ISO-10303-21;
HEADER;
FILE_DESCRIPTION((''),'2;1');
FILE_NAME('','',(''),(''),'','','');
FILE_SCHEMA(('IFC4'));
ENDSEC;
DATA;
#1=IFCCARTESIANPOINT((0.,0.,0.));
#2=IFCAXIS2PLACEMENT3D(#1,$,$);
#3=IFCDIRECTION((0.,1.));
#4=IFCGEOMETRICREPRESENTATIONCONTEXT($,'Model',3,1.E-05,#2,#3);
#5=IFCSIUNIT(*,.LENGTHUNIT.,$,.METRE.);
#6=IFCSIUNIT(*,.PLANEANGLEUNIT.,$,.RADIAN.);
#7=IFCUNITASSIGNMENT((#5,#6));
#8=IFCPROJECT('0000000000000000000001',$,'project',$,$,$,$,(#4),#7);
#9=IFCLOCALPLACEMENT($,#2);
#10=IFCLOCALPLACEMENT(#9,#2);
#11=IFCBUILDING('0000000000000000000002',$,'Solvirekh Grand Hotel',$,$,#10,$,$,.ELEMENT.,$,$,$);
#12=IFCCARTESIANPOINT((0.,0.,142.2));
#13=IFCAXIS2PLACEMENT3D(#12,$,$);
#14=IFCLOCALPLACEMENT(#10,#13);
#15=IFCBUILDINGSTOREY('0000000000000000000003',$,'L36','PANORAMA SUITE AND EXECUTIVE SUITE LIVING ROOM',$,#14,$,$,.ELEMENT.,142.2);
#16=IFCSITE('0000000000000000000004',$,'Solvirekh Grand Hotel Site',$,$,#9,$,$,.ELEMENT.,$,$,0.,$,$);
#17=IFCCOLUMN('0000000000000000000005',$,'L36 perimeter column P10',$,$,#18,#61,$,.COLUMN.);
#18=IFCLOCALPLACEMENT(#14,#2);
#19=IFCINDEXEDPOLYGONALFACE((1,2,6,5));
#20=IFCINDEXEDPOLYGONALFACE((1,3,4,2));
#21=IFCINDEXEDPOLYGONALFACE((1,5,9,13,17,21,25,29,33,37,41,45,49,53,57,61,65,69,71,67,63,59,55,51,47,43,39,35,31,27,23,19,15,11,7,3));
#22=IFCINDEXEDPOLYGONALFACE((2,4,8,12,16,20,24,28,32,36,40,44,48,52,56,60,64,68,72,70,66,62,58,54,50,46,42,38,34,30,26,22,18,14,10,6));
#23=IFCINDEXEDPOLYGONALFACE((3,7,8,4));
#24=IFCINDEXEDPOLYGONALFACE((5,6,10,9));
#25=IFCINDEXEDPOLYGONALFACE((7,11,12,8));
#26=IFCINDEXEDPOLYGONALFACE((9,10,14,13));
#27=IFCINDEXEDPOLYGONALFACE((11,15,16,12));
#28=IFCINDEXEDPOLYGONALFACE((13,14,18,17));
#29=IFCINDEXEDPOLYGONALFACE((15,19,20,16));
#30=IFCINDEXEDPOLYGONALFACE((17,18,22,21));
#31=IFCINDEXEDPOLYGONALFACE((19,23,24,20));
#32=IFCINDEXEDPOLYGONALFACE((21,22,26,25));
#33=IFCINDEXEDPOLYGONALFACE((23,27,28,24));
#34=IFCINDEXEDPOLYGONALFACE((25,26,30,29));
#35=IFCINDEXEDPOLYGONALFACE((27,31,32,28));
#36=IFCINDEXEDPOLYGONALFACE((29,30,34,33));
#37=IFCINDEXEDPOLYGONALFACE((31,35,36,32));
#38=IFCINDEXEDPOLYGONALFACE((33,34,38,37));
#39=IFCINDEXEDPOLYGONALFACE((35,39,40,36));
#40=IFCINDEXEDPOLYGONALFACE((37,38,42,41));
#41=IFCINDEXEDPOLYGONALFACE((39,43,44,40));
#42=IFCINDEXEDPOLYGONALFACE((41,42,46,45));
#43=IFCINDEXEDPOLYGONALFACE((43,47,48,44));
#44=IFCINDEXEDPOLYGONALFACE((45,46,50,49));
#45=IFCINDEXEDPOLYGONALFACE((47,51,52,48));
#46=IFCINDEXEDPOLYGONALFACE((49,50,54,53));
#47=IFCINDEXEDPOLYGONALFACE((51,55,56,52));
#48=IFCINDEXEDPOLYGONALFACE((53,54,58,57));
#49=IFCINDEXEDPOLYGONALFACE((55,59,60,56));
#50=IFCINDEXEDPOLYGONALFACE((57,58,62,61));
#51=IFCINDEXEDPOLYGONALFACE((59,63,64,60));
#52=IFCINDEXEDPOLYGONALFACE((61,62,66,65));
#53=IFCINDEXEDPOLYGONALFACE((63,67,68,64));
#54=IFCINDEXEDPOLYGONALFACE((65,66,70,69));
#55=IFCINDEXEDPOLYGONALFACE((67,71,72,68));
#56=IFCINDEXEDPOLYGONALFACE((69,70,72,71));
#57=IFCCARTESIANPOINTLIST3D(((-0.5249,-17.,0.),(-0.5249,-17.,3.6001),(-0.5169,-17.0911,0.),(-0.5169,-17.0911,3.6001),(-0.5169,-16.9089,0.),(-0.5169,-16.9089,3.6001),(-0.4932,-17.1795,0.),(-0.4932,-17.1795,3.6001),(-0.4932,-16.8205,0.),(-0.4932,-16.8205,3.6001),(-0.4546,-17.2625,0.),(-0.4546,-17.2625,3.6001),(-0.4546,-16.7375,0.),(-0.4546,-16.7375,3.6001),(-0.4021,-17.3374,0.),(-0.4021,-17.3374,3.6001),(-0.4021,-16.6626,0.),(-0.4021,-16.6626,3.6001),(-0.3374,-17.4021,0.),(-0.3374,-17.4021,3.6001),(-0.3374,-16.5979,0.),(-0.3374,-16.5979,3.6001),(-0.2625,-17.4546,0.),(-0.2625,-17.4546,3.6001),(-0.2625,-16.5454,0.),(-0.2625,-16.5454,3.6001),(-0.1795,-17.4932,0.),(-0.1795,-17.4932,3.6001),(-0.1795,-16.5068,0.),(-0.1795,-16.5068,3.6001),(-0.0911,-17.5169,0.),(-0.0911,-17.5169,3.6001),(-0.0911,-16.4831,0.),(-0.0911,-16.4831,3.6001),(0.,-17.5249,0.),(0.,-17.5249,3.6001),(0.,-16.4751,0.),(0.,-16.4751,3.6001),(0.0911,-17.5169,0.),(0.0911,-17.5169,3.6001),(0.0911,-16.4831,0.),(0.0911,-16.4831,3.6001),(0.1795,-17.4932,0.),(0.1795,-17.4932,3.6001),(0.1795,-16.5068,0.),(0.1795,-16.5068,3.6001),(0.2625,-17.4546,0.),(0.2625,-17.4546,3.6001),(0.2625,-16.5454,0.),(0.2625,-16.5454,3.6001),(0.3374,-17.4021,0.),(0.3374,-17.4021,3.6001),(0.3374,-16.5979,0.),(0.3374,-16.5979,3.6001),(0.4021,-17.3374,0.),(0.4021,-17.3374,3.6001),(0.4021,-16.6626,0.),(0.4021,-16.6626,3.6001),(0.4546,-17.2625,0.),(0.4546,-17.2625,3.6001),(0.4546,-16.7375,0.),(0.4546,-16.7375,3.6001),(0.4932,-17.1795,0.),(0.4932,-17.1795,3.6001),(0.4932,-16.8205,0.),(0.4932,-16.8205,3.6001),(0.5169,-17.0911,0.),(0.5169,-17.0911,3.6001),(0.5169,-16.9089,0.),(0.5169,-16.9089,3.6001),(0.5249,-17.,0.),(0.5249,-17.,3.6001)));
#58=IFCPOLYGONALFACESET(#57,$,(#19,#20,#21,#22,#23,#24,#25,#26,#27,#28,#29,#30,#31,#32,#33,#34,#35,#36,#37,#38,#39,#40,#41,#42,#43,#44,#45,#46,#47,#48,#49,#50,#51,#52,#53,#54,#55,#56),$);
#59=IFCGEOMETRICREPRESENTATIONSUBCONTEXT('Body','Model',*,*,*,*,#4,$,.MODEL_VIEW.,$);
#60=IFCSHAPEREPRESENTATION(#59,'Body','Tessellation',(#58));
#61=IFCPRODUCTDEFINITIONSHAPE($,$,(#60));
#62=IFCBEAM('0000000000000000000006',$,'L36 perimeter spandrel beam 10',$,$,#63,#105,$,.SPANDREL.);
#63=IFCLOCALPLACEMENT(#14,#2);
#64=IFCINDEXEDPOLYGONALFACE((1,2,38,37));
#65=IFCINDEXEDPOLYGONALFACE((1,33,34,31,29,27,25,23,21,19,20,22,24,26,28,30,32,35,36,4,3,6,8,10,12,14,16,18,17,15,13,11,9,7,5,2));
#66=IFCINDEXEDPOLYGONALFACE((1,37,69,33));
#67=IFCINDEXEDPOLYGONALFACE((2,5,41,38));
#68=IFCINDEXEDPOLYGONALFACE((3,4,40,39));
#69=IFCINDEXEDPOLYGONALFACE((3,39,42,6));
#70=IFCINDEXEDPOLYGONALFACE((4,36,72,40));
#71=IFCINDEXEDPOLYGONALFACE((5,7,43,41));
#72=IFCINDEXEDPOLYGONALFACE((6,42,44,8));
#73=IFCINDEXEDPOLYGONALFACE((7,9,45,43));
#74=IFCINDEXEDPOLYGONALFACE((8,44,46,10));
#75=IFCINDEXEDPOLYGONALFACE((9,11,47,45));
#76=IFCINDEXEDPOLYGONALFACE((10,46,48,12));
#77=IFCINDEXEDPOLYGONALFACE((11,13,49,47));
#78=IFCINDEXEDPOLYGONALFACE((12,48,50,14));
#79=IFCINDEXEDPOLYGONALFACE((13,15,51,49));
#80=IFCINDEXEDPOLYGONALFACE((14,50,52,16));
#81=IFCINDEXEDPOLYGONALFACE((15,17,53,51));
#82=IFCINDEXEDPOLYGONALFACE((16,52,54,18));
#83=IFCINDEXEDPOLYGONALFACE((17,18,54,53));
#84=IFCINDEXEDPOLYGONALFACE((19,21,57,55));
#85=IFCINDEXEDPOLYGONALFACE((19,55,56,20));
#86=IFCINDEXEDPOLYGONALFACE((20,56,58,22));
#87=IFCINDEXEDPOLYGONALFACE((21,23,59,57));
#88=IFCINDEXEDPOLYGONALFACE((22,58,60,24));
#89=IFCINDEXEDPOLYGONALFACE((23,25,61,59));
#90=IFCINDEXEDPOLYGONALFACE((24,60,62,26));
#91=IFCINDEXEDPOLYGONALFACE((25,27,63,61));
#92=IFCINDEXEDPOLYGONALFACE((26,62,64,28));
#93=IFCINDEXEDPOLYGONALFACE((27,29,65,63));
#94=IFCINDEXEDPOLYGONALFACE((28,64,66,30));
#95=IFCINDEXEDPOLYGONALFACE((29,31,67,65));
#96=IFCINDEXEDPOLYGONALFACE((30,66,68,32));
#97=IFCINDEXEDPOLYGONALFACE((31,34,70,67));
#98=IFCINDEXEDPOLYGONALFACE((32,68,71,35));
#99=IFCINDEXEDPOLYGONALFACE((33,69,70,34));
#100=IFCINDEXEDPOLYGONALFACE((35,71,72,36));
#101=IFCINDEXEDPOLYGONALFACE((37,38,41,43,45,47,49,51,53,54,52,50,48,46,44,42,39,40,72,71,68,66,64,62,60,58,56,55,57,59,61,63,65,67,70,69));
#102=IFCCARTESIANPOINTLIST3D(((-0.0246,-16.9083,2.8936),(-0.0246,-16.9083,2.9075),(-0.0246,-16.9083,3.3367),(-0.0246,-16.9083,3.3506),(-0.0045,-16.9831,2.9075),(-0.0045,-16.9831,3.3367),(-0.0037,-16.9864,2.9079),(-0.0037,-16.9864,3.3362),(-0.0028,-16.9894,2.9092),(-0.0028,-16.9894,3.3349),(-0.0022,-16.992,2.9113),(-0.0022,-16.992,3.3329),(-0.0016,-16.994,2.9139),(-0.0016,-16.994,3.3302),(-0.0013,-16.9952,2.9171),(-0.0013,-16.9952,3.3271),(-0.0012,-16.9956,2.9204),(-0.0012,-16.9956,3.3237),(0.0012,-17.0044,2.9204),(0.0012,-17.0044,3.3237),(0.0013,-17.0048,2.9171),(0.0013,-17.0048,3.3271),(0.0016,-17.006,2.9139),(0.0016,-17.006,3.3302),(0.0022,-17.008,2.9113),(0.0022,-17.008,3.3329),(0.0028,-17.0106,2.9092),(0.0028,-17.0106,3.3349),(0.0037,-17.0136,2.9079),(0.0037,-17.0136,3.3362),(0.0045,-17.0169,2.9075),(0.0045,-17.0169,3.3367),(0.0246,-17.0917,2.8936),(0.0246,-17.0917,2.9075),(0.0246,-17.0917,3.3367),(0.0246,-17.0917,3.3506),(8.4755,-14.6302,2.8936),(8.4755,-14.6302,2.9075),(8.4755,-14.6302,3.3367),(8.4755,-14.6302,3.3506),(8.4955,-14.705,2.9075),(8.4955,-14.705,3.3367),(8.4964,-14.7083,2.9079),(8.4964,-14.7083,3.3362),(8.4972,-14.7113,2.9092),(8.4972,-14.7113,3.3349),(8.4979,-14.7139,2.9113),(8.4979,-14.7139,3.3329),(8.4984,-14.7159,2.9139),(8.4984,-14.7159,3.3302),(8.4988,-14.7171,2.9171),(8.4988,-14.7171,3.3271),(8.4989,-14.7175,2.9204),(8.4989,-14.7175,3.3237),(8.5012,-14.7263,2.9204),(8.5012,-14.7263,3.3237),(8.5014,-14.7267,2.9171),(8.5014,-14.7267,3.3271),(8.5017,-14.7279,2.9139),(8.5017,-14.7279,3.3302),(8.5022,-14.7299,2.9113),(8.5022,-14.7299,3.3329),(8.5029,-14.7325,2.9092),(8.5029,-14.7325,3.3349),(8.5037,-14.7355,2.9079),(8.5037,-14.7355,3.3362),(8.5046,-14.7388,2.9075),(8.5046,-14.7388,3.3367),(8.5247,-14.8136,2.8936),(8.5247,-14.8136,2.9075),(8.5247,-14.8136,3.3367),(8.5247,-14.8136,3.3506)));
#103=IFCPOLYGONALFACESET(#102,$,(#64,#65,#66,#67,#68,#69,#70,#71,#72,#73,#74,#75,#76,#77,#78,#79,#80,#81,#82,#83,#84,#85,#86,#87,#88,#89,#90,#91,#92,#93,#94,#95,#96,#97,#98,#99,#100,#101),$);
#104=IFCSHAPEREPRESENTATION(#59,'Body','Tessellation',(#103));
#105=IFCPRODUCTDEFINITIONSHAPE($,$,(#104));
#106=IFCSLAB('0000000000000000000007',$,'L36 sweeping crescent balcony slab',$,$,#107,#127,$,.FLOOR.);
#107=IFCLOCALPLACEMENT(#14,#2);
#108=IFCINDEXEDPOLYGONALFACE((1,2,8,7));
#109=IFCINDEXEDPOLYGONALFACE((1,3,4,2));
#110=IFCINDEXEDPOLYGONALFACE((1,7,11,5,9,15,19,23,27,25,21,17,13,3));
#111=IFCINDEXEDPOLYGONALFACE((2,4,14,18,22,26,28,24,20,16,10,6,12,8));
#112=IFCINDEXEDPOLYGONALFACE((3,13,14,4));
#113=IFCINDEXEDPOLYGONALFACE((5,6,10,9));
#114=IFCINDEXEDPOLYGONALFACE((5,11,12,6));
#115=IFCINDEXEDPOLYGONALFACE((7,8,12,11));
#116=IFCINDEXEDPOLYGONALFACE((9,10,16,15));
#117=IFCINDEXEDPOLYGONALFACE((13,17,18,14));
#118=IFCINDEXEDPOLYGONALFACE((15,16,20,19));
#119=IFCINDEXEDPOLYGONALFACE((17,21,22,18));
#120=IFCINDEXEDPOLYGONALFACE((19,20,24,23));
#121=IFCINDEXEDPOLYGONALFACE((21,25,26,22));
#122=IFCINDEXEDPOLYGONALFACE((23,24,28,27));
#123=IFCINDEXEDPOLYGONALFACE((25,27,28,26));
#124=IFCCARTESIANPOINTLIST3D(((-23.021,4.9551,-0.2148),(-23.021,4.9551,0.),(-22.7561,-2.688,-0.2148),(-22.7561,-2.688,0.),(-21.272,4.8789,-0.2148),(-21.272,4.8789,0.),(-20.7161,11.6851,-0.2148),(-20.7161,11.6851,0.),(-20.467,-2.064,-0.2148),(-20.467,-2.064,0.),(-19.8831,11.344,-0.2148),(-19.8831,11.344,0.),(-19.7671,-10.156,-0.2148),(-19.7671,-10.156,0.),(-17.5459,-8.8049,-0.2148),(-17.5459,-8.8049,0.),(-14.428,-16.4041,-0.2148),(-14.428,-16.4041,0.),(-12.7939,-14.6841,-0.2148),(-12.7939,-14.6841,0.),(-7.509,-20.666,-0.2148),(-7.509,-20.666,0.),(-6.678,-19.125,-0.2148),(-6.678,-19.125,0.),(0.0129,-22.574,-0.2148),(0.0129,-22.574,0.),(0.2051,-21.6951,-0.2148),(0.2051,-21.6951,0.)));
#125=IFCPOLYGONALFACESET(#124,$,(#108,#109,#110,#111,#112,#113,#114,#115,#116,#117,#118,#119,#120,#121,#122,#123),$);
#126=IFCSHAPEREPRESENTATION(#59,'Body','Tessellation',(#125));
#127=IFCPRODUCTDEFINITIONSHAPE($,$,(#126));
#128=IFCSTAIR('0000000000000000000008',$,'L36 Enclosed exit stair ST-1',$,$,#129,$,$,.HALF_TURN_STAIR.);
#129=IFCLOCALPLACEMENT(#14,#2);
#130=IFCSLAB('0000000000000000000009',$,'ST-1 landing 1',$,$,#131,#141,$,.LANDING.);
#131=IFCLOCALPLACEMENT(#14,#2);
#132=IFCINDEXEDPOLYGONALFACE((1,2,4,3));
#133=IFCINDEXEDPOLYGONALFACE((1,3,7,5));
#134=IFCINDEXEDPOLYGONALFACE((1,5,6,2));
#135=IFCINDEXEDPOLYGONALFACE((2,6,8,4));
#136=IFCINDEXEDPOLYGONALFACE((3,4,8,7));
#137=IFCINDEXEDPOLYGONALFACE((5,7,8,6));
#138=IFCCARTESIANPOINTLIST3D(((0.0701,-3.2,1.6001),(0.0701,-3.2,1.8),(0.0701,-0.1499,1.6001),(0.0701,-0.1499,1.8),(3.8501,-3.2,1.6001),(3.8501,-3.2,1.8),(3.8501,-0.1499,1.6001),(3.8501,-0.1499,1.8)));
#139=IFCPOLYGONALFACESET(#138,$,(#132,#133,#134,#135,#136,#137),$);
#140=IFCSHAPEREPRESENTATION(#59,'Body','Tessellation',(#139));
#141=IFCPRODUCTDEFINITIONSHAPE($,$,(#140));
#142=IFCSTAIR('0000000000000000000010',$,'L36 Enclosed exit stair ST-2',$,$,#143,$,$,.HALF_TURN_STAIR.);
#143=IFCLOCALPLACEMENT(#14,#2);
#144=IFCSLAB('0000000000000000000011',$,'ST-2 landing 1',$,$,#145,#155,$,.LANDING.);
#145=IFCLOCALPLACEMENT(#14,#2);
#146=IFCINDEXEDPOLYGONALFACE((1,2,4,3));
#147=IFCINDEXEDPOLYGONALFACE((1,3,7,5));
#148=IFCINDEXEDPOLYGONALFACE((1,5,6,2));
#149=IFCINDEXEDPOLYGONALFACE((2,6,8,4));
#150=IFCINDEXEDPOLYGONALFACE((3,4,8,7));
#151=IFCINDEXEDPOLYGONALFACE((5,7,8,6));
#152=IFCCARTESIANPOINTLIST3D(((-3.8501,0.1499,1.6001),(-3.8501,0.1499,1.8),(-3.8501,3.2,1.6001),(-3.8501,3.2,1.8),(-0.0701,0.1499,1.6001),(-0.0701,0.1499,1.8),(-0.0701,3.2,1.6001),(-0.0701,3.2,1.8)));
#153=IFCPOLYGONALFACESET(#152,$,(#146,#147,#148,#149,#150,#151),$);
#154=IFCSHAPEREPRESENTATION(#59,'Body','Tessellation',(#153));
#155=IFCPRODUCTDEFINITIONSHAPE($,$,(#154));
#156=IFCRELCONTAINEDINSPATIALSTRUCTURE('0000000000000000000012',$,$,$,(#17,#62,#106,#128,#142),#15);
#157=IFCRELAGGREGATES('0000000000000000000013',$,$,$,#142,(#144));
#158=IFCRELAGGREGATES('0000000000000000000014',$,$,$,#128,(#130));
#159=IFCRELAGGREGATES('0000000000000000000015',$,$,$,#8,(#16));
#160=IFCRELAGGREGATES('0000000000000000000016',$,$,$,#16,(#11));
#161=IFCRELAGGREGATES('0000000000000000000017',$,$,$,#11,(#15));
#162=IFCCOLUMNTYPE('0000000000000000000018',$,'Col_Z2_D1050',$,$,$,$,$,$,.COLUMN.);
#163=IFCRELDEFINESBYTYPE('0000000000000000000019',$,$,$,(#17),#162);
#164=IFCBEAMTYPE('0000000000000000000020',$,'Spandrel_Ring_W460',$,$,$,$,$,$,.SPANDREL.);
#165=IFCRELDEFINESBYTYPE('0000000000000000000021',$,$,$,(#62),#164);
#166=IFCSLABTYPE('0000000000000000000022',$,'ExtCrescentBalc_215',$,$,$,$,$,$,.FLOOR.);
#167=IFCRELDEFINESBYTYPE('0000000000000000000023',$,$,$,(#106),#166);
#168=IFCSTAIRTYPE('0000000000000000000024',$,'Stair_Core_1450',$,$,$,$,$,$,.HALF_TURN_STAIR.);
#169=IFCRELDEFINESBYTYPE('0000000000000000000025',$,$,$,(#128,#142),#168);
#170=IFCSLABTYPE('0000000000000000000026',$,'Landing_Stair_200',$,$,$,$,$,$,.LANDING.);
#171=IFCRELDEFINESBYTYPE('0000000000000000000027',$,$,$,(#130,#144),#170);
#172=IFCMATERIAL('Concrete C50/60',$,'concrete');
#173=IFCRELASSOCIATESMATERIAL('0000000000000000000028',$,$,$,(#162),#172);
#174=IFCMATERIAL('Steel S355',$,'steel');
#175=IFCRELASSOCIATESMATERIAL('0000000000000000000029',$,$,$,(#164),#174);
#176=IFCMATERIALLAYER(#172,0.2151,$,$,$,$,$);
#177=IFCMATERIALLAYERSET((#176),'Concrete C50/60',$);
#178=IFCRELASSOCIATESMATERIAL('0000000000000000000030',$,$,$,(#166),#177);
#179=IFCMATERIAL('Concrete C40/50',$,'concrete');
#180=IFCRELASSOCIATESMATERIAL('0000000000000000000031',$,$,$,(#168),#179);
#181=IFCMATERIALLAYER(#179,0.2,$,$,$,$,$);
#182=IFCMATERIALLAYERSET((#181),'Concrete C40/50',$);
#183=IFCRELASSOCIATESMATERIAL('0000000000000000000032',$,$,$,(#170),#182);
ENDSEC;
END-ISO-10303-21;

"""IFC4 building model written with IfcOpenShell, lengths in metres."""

from ifc_helpers import new_model, si_unit, direction, frame, origin, origin_2d, place, context, subcontext, project, spatial, polyline, circle, i_section, outline, extrude, material, layer, layer_set, material_profile, profile_set, type_object, element, aggregate, save


model = new_model("IFC4")

# Units and contexts
model_context = context("Model", 3, precision=1e-05, world=origin(), true_north=direction((0.0, 1.0)))
body_context = subcontext(model_context, "Body", "Model", "MODEL_VIEW")
ifc_project = project(units=[si_unit("LENGTHUNIT", "METRE"), si_unit("PLANEANGLEUNIT", "RADIAN")], contexts=[model_context])

# Site, building, storey
site_placement = place(None, origin())
site = spatial("IfcSite", under=ifc_project, at=site_placement, Name="Solvirekh Grand Hotel Site", CompositionType="ELEMENT", RefElevation=0.0)
building_placement = place(site_placement, origin())
building = spatial("IfcBuilding", under=site, at=building_placement, Name="Solvirekh Grand Hotel", CompositionType="ELEMENT")
storey_placement = place(building_placement, frame((0.0, 0.0, 142.2)))
storey = spatial("IfcBuildingStorey", under=building, at=storey_placement, Name="L36", Description="PANORAMA SUITE AND EXECUTIVE SUITE LIVING ROOM", CompositionType="ELEMENT", Elevation=142.2)

# Column
ifc_material_1 = material(Name="Concrete C50/60", Category="concrete")
ifc_material_profile_1 = material_profile(ifc_material_1, circle(Radius=0.5249, at=origin_2d()), Name="RC CIRC D1050")
ifc_profile_set_1 = profile_set([ifc_material_profile_1], Name="Concrete C50/60")
column_type = type_object("IfcColumnType", Name="Col_Z2_D1050", PredefinedType="COLUMN", material=ifc_profile_set_1)
column_placement = place(storey_placement, frame((0.0, -17.0, 0.0), z_axis=(0.0, 0.0, 1.0), x_axis=(1.0, 0.0, 0.0)))
element("IfcColumn", 1, at=column_placement, inside=storey, type_object=column_type, Name="L36 perimeter column P10", PredefinedType="COLUMN", context=body_context, shape_type="SweptSolid", body=[
    extrude(circle(Radius=0.5249, at=origin_2d()), origin(), (0.0, 0.0, 1.0), 3.6001),
])

# Beam
ifc_material_2 = material(Name="Steel S355", Category="steel")
ifc_material_profile_2 = material_profile(ifc_material_2, i_section(OverallWidth=0.1899, OverallDepth=0.457, WebThickness=0.009, FlangeThickness=0.0139, FilletRadius=0.0129, at=origin_2d()), Name="W460X74")
ifc_profile_set_2 = profile_set([ifc_material_profile_2], Name="Steel S355")
beam_type = type_object("IfcBeamType", Name="Spandrel_Ring_W460", PredefinedType="SPANDREL", material=ifc_profile_set_2)
beam_placement = place(storey_placement, frame((0.0, -17.0, 3.1221), z_axis=(0.965911, 0.258873, 0.0), x_axis=(-0.258873, 0.965911, 0.0)))
element("IfcBeam", 2, at=beam_placement, inside=storey, type_object=beam_type, Name="L36 perimeter spandrel beam 10", PredefinedType="SPANDREL", context=body_context, shape_type="SweptSolid", body=[
    extrude(i_section(OverallWidth=0.1899, OverallDepth=0.457, WebThickness=0.009, FlangeThickness=0.0139, FilletRadius=0.0129, at=origin_2d()), origin(), (0.0, 0.0, 1.0), 8.8),
])

# Slab
ifc_layer_1 = layer(ifc_material_1, 0.2151)
ifc_layer_set_1 = layer_set([ifc_layer_1], Name="Concrete C50/60")
slab_type_1 = type_object("IfcSlabType", Name="ExtCrescentBalc_215", PredefinedType="FLOOR", material=ifc_layer_set_1)
slab_1_placement = place(storey_placement, frame((0.0, 0.0, -0.2148)))
element("IfcSlab", 3, at=slab_1_placement, inside=storey, type_object=slab_type_1, Name="L36 sweeping crescent balcony slab", PredefinedType="FLOOR", context=body_context, shape_type="SweptSolid", body=[
    extrude(outline(polyline([(-20.7161, 11.6851), (-23.021, 4.9551), (-22.7561, -2.688), (-19.7671, -10.156), (-14.428, -16.4041), (-7.509, -20.666), (0.0129, -22.574), (0.2051, -21.6951), (-6.678, -19.125), (-12.7939, -14.6841), (-17.5459, -8.8049), (-20.467, -2.064), (-21.272, 4.8789), (-19.8831, 11.344), (-20.7161, 11.6851)])), origin(), (0.0, 0.0, 1.0), 0.2148),
])

# Stairs, slabs
ifc_material_3 = material(Name="Concrete C40/50", Category="concrete")
stair_type = type_object("IfcStairType", Name="Stair_Core_1450", PredefinedType="HALF_TURN_STAIR", material=ifc_material_3)
stair_1_placement = place(storey_placement, origin())
stair_1 = element("IfcStair", 4, at=stair_1_placement, inside=storey, type_object=stair_type, Name="L36 Enclosed exit stair ST-1", PredefinedType="HALF_TURN_STAIR")
ifc_layer_2 = layer(ifc_material_3, 0.2)
ifc_layer_set_2 = layer_set([ifc_layer_2], Name="Concrete C40/50")
slab_type_2 = type_object("IfcSlabType", Name="Landing_Stair_200", PredefinedType="LANDING", material=ifc_layer_set_2)
slab_2_placement = place(storey_placement, frame((0.0, 0.0, 1.6001)))
slab_2 = element("IfcSlab", 5, at=slab_2_placement, type_object=slab_type_2, Name="ST-1 landing 1", PredefinedType="LANDING", context=body_context, shape_type="SweptSolid", body=[
    extrude(outline(polyline([(0.0701, -3.2), (3.8501, -3.2), (3.8501, -0.1499), (0.0701, -0.1499), (0.0701, -3.2)])), origin(), (0.0, 0.0, 1.0), 0.2),
])
stair_2_placement = place(storey_placement, origin())
stair_2 = element("IfcStair", 6, at=stair_2_placement, inside=storey, type_object=stair_type, Name="L36 Enclosed exit stair ST-2", PredefinedType="HALF_TURN_STAIR")
slab_3_placement = place(storey_placement, frame((0.0, 0.0, 1.6001)))
slab_3 = element("IfcSlab", 7, at=slab_3_placement, type_object=slab_type_2, Name="ST-2 landing 1", PredefinedType="LANDING", context=body_context, shape_type="SweptSolid", body=[
    extrude(outline(polyline([(-0.0701, 3.2), (-3.8501, 3.2), (-3.8501, 0.1499), (-0.0701, 0.1499), (-0.0701, 3.2)])), origin(), (0.0, 0.0, 1.0), 0.2),
])
aggregate(stair_2, [slab_3])

aggregate(stair_1, [slab_2])

save(model, "model.ifc")
